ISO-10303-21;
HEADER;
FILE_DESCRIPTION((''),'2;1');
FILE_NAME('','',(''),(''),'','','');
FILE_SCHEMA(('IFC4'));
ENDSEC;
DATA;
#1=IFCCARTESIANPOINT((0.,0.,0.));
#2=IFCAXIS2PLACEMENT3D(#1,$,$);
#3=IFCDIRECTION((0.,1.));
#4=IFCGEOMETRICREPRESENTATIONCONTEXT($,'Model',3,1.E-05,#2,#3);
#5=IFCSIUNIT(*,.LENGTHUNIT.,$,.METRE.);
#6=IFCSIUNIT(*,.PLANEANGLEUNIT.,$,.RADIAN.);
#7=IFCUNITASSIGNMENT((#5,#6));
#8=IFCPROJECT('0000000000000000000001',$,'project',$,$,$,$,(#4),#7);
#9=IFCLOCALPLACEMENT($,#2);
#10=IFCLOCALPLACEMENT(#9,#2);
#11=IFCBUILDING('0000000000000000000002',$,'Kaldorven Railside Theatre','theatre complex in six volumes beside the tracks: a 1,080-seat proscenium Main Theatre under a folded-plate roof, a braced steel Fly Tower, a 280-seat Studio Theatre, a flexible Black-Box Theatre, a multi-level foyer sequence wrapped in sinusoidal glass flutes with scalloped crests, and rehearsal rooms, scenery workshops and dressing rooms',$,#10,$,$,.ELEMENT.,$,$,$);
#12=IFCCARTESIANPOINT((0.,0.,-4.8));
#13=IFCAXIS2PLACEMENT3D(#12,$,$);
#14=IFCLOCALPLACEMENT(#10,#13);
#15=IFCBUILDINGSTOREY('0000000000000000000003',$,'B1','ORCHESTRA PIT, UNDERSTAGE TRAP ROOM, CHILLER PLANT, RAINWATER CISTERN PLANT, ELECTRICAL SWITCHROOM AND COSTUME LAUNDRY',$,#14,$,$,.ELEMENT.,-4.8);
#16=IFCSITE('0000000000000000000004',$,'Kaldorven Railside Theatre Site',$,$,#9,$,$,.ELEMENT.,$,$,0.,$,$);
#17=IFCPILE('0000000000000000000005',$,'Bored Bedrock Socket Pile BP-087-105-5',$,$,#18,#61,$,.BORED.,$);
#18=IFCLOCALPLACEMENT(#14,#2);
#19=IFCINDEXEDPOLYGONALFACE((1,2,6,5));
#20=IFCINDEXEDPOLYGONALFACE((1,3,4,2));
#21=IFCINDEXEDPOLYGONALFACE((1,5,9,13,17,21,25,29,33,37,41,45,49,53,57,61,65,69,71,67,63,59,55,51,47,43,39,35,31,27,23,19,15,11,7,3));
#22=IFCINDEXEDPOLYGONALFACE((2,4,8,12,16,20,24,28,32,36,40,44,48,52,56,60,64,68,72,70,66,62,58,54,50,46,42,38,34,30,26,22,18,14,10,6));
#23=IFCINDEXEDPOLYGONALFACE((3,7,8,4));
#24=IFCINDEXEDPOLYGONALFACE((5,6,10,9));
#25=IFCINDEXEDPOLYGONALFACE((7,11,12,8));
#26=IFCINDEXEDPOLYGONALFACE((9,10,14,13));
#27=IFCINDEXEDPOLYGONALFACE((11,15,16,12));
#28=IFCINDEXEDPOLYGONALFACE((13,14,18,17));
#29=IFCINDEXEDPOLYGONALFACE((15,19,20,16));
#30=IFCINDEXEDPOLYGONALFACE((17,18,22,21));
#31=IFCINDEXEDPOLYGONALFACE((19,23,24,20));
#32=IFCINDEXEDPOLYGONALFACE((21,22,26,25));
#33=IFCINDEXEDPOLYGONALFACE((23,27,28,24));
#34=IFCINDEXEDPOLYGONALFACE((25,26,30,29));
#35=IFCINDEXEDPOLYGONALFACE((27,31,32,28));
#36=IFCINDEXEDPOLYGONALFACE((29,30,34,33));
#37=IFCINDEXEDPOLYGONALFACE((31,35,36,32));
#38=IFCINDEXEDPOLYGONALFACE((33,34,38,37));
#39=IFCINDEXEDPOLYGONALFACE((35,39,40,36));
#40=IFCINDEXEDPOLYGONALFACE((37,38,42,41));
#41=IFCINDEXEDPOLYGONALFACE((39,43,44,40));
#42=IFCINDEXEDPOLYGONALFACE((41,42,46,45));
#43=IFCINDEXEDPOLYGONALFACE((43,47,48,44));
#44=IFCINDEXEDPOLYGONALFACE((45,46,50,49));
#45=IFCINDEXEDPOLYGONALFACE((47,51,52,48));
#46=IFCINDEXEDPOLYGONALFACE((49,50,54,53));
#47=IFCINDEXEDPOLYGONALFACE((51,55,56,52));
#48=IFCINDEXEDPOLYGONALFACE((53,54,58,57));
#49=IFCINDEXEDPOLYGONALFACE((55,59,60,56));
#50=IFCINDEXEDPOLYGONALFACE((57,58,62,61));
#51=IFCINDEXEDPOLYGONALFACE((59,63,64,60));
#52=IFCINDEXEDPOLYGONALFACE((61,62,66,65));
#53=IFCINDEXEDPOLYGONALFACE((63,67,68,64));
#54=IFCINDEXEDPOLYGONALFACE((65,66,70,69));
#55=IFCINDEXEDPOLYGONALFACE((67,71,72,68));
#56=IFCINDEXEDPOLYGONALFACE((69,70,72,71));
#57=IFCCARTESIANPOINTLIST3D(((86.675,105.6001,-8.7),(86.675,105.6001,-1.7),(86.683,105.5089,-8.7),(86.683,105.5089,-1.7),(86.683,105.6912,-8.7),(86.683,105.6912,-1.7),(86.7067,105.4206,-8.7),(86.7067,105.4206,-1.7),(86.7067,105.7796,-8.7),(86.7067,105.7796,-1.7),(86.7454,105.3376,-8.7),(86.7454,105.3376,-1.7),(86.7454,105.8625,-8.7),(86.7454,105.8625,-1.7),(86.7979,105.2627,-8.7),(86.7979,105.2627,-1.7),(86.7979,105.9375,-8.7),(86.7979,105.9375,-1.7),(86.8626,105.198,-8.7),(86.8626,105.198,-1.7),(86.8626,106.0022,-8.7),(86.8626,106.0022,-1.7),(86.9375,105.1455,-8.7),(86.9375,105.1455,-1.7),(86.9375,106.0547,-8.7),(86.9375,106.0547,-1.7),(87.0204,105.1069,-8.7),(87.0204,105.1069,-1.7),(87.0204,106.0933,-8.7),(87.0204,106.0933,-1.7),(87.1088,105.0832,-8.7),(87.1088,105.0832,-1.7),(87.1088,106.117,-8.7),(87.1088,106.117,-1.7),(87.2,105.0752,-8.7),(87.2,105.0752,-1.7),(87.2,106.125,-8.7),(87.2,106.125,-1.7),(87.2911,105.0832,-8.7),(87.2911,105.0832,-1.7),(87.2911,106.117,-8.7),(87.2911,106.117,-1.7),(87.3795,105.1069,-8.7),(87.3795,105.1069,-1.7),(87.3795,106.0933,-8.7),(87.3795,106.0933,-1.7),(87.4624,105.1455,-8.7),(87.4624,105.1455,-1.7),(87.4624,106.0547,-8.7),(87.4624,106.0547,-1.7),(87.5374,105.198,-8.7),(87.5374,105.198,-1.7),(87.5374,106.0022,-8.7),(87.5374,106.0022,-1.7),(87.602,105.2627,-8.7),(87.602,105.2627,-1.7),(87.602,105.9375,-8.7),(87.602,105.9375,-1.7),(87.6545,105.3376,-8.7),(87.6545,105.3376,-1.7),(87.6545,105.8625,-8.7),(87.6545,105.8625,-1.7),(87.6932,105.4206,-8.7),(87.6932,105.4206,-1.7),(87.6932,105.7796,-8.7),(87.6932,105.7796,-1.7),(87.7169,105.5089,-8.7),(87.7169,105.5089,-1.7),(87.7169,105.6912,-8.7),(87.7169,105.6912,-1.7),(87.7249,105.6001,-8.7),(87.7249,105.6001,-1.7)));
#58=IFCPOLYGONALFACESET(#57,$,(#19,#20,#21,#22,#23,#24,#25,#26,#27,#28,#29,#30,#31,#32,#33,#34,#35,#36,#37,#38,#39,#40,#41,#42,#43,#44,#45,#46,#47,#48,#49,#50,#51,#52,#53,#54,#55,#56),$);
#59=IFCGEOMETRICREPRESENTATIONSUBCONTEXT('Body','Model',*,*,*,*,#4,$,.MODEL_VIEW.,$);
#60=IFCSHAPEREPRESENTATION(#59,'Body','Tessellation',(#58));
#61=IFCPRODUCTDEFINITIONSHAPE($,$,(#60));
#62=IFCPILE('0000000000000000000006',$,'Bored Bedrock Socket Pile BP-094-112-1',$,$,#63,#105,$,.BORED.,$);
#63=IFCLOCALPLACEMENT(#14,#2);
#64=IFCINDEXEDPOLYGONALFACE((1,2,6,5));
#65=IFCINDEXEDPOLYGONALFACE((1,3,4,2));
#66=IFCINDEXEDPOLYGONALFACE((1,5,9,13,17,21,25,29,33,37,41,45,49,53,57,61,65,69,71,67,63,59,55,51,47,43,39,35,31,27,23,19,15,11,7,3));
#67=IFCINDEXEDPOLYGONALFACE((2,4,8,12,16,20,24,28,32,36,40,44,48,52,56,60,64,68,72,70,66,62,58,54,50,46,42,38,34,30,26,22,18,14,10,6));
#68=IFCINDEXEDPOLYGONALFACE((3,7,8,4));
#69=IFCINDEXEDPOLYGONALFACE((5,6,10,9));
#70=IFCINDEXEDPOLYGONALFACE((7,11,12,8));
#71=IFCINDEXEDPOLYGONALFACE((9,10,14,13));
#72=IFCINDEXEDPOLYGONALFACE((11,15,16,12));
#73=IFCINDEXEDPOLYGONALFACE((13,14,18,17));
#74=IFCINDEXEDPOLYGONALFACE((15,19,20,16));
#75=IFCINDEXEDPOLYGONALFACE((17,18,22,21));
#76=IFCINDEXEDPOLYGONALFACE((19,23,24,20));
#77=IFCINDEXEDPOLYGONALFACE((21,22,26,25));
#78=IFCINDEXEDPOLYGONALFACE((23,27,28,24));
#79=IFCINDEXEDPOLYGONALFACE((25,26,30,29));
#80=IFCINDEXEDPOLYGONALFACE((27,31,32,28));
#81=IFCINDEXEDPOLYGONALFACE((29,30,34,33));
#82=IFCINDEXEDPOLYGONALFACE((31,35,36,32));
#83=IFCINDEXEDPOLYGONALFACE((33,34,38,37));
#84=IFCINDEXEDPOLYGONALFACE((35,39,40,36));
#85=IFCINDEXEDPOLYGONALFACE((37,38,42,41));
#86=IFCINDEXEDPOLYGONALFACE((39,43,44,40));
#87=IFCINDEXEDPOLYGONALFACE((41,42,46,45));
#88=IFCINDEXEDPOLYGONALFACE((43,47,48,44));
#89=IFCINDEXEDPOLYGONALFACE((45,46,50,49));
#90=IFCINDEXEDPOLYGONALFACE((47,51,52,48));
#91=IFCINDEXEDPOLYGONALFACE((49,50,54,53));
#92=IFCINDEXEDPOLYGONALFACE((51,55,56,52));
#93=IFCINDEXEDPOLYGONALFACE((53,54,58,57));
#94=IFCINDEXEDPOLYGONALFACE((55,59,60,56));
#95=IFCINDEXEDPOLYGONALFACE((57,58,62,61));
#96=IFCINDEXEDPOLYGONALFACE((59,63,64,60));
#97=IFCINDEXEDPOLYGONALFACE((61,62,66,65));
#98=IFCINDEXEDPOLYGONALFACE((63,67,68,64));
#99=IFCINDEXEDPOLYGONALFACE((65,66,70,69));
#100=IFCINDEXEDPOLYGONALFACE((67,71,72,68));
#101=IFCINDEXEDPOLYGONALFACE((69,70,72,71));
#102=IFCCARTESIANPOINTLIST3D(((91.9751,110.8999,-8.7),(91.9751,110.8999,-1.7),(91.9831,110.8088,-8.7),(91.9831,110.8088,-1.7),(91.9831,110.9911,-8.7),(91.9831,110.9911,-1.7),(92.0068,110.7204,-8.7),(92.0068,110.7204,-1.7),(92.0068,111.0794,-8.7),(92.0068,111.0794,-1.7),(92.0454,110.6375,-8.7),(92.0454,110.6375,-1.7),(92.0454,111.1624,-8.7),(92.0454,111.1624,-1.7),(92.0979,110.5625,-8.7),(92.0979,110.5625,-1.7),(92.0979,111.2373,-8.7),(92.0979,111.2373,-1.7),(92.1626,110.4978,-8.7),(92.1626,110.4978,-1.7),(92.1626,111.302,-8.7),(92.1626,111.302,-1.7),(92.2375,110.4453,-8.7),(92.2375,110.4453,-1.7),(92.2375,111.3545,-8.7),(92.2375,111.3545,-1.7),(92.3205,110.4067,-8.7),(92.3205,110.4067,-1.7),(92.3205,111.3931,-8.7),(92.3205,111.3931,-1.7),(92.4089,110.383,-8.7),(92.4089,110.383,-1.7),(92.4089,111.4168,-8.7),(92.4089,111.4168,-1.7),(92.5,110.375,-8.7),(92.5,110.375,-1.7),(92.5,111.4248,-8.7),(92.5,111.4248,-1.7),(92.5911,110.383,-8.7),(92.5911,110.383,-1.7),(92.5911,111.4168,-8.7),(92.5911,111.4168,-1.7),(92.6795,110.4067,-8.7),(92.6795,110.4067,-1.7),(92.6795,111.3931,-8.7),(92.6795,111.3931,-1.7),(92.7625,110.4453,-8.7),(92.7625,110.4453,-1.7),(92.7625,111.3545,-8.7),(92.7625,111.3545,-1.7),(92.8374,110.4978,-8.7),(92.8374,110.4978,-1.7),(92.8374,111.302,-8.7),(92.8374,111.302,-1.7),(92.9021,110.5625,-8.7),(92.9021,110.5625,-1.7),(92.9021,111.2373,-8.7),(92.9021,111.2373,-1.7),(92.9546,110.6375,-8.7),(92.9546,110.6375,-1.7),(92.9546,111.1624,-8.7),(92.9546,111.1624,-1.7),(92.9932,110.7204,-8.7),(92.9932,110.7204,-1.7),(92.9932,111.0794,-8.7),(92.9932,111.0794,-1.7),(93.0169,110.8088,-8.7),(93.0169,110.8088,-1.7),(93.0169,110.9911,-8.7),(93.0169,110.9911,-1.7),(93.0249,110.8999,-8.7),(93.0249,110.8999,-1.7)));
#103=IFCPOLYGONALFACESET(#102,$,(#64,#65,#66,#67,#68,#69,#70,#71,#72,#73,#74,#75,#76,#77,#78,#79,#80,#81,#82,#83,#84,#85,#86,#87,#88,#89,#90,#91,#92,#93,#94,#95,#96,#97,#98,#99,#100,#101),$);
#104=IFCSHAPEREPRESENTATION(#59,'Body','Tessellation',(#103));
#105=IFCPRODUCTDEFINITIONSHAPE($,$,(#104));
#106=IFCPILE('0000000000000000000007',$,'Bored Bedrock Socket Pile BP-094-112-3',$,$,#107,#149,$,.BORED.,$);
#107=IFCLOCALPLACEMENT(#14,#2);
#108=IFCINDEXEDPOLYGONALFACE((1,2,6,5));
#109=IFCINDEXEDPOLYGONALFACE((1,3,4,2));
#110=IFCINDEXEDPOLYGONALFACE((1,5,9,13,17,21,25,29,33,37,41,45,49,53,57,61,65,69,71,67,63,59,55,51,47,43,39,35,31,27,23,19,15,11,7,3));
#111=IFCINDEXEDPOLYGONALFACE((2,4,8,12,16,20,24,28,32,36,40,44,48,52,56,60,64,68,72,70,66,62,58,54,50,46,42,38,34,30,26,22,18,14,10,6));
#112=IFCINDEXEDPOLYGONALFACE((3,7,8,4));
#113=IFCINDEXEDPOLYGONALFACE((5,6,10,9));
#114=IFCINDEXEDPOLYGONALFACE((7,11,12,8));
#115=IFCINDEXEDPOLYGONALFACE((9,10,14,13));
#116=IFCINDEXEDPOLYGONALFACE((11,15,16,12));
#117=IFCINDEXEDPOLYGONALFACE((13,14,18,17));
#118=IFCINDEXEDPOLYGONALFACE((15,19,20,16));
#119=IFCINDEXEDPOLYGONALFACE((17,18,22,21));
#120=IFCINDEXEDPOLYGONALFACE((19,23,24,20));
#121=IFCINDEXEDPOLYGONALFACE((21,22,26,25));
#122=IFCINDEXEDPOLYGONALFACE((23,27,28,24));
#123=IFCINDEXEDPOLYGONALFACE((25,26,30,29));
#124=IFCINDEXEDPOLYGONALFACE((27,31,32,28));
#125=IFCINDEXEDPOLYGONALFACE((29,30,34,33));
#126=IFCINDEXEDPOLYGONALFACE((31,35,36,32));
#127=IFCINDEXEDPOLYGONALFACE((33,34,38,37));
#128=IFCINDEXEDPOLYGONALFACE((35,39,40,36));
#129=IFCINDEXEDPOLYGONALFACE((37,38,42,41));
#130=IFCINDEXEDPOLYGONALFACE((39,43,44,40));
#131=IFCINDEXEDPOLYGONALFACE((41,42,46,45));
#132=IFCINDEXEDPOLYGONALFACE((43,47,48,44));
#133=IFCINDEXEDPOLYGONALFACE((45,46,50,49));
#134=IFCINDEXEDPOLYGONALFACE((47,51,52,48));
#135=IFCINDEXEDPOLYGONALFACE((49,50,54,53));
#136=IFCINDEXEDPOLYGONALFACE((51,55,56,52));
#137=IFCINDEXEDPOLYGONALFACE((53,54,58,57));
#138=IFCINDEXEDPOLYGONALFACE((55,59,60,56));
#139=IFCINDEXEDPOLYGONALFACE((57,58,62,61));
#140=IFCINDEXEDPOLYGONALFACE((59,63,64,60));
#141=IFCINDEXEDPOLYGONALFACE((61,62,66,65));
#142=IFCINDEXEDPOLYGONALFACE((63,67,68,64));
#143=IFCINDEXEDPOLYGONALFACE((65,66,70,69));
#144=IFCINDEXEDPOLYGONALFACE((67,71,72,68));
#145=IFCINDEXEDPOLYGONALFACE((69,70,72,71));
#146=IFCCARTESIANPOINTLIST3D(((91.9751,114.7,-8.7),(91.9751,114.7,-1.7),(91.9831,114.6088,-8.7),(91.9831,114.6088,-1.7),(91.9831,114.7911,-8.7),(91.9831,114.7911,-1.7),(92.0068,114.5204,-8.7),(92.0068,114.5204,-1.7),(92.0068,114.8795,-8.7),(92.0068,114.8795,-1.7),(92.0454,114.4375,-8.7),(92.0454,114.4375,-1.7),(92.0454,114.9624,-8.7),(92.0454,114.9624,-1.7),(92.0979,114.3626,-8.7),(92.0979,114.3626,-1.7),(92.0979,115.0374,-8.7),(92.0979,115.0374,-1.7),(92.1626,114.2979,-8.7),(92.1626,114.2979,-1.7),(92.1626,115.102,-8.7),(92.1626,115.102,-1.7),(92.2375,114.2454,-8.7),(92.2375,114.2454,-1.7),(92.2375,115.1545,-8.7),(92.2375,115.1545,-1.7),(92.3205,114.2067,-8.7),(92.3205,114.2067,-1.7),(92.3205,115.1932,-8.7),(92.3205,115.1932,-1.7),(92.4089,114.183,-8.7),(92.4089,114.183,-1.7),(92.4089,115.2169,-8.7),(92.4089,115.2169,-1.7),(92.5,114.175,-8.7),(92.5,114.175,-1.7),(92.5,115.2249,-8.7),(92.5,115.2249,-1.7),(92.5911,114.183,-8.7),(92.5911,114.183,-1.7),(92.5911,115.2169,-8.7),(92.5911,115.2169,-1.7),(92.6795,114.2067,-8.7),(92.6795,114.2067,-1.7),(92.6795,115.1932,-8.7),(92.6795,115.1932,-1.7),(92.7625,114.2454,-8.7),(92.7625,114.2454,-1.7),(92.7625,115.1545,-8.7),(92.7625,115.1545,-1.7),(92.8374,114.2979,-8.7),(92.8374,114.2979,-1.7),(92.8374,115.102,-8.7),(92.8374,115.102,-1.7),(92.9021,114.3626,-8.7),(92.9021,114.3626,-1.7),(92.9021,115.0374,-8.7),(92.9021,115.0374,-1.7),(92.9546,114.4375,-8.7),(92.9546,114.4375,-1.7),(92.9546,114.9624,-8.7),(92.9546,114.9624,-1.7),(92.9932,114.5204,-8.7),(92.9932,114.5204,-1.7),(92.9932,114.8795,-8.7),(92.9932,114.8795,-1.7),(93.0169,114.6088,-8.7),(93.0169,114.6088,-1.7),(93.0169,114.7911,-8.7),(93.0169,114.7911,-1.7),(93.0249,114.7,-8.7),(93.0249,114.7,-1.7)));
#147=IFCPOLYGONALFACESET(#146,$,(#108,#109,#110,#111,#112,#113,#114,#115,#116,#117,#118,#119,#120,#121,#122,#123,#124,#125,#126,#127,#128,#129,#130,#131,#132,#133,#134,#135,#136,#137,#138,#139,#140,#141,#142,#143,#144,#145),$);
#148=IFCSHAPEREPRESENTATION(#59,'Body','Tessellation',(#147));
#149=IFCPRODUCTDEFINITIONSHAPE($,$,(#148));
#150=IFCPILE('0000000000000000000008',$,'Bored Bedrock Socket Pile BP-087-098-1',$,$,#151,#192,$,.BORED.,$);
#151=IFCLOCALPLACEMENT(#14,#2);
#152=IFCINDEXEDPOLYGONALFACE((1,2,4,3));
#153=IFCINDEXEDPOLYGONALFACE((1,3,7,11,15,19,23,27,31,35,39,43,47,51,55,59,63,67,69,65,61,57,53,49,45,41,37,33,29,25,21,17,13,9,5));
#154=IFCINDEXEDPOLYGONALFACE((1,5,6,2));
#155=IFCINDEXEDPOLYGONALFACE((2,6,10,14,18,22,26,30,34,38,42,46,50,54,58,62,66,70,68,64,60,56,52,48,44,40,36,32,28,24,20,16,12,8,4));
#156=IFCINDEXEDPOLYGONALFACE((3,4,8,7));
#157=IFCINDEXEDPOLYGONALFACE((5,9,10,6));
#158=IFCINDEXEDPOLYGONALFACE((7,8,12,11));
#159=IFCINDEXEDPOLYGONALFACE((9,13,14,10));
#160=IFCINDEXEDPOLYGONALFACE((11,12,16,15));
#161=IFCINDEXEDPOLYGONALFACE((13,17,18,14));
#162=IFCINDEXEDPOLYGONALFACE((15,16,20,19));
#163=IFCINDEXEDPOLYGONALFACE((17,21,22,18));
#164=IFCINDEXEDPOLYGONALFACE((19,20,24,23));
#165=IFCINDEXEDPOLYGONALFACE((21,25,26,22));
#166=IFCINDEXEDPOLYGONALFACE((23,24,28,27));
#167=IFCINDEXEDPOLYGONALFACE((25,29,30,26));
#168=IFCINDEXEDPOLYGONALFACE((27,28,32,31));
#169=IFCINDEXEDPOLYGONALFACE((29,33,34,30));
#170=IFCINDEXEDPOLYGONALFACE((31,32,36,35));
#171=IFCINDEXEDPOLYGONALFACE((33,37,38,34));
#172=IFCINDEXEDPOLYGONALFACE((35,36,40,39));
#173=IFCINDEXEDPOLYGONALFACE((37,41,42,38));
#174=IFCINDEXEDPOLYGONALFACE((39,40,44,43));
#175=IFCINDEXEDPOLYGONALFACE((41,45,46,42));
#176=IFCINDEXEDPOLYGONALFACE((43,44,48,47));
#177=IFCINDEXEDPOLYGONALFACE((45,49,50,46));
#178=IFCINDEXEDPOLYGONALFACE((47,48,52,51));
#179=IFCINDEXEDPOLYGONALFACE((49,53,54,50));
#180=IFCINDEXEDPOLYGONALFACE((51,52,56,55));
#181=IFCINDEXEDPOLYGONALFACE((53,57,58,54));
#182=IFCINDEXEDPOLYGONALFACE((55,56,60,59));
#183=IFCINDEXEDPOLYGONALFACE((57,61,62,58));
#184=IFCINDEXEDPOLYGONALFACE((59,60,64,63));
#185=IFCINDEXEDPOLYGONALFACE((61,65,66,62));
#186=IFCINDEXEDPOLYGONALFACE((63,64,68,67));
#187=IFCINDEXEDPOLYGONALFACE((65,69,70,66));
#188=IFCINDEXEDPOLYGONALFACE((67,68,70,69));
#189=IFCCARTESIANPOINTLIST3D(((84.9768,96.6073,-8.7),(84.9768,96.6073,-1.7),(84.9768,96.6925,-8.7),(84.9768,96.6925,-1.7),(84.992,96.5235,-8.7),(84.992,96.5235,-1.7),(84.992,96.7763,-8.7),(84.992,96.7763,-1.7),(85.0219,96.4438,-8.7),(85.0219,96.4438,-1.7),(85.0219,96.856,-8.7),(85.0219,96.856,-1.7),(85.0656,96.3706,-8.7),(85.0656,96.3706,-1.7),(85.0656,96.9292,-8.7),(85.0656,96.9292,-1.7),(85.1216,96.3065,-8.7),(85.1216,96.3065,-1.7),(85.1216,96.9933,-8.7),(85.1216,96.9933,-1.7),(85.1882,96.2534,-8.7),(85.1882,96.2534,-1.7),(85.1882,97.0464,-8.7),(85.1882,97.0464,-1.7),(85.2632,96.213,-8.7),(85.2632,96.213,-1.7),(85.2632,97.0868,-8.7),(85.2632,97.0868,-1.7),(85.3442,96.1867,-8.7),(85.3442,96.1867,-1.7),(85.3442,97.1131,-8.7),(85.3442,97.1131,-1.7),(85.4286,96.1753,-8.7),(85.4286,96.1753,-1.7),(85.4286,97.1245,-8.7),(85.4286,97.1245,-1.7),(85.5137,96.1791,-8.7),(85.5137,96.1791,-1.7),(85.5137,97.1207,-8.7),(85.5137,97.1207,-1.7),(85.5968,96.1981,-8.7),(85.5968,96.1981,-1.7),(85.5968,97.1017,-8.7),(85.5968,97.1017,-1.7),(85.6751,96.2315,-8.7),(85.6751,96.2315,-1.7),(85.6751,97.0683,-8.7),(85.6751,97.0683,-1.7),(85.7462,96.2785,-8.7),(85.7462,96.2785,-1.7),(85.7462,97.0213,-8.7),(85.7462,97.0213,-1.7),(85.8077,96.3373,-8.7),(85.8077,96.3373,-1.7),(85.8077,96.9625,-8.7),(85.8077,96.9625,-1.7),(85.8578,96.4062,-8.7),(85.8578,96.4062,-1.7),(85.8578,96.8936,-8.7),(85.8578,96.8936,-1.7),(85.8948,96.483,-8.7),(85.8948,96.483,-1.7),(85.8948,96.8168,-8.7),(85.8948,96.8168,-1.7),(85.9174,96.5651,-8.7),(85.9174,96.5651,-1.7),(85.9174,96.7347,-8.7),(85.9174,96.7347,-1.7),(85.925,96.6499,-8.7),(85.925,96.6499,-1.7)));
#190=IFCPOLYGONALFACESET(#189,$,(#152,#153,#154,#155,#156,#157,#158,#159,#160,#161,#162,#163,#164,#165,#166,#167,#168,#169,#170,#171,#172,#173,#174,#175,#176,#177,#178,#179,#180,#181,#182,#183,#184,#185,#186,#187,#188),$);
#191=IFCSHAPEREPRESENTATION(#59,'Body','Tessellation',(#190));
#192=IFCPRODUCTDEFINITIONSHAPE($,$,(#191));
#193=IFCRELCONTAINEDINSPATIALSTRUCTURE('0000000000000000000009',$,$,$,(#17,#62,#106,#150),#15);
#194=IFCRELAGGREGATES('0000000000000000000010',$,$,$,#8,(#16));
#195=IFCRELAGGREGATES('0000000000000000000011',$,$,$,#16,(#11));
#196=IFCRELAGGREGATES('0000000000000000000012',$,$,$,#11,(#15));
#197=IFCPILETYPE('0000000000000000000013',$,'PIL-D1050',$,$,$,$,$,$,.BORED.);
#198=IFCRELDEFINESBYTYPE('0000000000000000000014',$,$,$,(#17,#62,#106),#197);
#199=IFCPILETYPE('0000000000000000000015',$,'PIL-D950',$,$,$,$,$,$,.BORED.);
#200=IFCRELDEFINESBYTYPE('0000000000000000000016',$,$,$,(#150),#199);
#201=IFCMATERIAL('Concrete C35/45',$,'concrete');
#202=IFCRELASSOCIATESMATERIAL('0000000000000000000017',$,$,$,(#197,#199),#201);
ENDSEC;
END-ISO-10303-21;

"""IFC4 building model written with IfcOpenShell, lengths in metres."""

from ifc_helpers import new_model, si_unit, direction, frame, origin, origin_2d, place, context, subcontext, project, spatial, circle, extrude, material, material_profile, profile_set, type_object, element, save


model = new_model("IFC4")

# Units and contexts
model_context = context("Model", 3, precision=1e-05, world=origin(), true_north=direction((0.0, 1.0)))
body_context = subcontext(model_context, "Body", "Model", "MODEL_VIEW")
ifc_project = project(units=[si_unit("LENGTHUNIT", "METRE"), si_unit("PLANEANGLEUNIT", "RADIAN")], contexts=[model_context])

# Site, building, storey
site_placement = place(None, origin())
site = spatial("IfcSite", under=ifc_project, at=site_placement, Name="Kaldorven Railside Theatre Site", CompositionType="ELEMENT", RefElevation=0.0)
building_placement = place(site_placement, origin())
building = spatial("IfcBuilding", under=site, at=building_placement, Name="Kaldorven Railside Theatre", Description="theatre complex in six volumes beside the tracks: a 1,080-seat proscenium Main Theatre under a folded-plate roof, a braced steel Fly Tower, a 280-seat Studio Theatre, a flexible Black-Box Theatre, a multi-level foyer sequence wrapped in sinusoidal glass flutes with scalloped crests, and rehearsal rooms, scenery workshops and dressing rooms", CompositionType="ELEMENT")
storey_placement = place(building_placement, frame((0.0, 0.0, -4.8)))
storey = spatial("IfcBuildingStorey", under=building, at=storey_placement, Name="B1", Description="ORCHESTRA PIT, UNDERSTAGE TRAP ROOM, CHILLER PLANT, RAINWATER CISTERN PLANT, ELECTRICAL SWITCHROOM AND COSTUME LAUNDRY", CompositionType="ELEMENT", Elevation=-4.8)

# Piles
ifc_material_1 = material(Name="Concrete C35/45", Category="concrete")
ifc_material_profile_1 = material_profile(ifc_material_1, circle(Radius=0.5249, at=origin_2d()), Name="BP D1050")
ifc_profile_set_1 = profile_set([ifc_material_profile_1], Name="Concrete C35/45")
pile_type_1 = type_object("IfcPileType", Name="PIL-D1050", PredefinedType="BORED", material=ifc_profile_set_1)
for number, where, z_axis, x_axis, name in (
    (1, (87.2, 105.6001, -1.7), (0.0, 0.0, -1.0), (1.0, 0.0, 0.0), "Bored Bedrock Socket Pile BP-087-105-5"),
    (2, (92.5, 110.8999, -1.7), (0.0, 0.0, -1.0), (1.0, 0.0, 0.0), "Bored Bedrock Socket Pile BP-094-112-1"),
    (3, (92.5, 114.7, -1.7), (0.0, 0.0, -1.0), (1.0, 0.0, 0.0), "Bored Bedrock Socket Pile BP-094-112-3"),
):
    element("IfcPile", number, at=place(storey_placement, frame(where, z_axis=z_axis, x_axis=x_axis)), inside=storey, type_object=pile_type_1, Name=name, PredefinedType="BORED", context=body_context, shape_type="SweptSolid", body=[
        extrude(circle(Radius=0.5249, at=origin_2d()), origin(), (0.0, 0.0, 1.0), 7.0),
    ])
ifc_material_profile_2 = material_profile(ifc_material_1, circle(Radius=0.4751, at=origin_2d()), Name="BP D950")
ifc_profile_set_2 = profile_set([ifc_material_profile_2], Name="Concrete C35/45")
pile_type_2 = type_object("IfcPileType", Name="PIL-D950", PredefinedType="BORED", material=ifc_profile_set_2)
for number, where, z_axis, x_axis, name in (
    (4, (85.45, 96.6499, -1.7), (0.0, 0.0, -1.0), (1.0, 0.0, 0.0), "Bored Bedrock Socket Pile BP-087-098-1"),
):
    element("IfcPile", number, at=place(storey_placement, frame(where, z_axis=z_axis, x_axis=x_axis)), inside=storey, type_object=pile_type_2, Name=name, PredefinedType="BORED", context=body_context, shape_type="SweptSolid", body=[
        extrude(circle(Radius=0.4751, at=origin_2d()), origin(), (0.0, 0.0, 1.0), 7.0),
    ])

save(model, "model.ifc")
